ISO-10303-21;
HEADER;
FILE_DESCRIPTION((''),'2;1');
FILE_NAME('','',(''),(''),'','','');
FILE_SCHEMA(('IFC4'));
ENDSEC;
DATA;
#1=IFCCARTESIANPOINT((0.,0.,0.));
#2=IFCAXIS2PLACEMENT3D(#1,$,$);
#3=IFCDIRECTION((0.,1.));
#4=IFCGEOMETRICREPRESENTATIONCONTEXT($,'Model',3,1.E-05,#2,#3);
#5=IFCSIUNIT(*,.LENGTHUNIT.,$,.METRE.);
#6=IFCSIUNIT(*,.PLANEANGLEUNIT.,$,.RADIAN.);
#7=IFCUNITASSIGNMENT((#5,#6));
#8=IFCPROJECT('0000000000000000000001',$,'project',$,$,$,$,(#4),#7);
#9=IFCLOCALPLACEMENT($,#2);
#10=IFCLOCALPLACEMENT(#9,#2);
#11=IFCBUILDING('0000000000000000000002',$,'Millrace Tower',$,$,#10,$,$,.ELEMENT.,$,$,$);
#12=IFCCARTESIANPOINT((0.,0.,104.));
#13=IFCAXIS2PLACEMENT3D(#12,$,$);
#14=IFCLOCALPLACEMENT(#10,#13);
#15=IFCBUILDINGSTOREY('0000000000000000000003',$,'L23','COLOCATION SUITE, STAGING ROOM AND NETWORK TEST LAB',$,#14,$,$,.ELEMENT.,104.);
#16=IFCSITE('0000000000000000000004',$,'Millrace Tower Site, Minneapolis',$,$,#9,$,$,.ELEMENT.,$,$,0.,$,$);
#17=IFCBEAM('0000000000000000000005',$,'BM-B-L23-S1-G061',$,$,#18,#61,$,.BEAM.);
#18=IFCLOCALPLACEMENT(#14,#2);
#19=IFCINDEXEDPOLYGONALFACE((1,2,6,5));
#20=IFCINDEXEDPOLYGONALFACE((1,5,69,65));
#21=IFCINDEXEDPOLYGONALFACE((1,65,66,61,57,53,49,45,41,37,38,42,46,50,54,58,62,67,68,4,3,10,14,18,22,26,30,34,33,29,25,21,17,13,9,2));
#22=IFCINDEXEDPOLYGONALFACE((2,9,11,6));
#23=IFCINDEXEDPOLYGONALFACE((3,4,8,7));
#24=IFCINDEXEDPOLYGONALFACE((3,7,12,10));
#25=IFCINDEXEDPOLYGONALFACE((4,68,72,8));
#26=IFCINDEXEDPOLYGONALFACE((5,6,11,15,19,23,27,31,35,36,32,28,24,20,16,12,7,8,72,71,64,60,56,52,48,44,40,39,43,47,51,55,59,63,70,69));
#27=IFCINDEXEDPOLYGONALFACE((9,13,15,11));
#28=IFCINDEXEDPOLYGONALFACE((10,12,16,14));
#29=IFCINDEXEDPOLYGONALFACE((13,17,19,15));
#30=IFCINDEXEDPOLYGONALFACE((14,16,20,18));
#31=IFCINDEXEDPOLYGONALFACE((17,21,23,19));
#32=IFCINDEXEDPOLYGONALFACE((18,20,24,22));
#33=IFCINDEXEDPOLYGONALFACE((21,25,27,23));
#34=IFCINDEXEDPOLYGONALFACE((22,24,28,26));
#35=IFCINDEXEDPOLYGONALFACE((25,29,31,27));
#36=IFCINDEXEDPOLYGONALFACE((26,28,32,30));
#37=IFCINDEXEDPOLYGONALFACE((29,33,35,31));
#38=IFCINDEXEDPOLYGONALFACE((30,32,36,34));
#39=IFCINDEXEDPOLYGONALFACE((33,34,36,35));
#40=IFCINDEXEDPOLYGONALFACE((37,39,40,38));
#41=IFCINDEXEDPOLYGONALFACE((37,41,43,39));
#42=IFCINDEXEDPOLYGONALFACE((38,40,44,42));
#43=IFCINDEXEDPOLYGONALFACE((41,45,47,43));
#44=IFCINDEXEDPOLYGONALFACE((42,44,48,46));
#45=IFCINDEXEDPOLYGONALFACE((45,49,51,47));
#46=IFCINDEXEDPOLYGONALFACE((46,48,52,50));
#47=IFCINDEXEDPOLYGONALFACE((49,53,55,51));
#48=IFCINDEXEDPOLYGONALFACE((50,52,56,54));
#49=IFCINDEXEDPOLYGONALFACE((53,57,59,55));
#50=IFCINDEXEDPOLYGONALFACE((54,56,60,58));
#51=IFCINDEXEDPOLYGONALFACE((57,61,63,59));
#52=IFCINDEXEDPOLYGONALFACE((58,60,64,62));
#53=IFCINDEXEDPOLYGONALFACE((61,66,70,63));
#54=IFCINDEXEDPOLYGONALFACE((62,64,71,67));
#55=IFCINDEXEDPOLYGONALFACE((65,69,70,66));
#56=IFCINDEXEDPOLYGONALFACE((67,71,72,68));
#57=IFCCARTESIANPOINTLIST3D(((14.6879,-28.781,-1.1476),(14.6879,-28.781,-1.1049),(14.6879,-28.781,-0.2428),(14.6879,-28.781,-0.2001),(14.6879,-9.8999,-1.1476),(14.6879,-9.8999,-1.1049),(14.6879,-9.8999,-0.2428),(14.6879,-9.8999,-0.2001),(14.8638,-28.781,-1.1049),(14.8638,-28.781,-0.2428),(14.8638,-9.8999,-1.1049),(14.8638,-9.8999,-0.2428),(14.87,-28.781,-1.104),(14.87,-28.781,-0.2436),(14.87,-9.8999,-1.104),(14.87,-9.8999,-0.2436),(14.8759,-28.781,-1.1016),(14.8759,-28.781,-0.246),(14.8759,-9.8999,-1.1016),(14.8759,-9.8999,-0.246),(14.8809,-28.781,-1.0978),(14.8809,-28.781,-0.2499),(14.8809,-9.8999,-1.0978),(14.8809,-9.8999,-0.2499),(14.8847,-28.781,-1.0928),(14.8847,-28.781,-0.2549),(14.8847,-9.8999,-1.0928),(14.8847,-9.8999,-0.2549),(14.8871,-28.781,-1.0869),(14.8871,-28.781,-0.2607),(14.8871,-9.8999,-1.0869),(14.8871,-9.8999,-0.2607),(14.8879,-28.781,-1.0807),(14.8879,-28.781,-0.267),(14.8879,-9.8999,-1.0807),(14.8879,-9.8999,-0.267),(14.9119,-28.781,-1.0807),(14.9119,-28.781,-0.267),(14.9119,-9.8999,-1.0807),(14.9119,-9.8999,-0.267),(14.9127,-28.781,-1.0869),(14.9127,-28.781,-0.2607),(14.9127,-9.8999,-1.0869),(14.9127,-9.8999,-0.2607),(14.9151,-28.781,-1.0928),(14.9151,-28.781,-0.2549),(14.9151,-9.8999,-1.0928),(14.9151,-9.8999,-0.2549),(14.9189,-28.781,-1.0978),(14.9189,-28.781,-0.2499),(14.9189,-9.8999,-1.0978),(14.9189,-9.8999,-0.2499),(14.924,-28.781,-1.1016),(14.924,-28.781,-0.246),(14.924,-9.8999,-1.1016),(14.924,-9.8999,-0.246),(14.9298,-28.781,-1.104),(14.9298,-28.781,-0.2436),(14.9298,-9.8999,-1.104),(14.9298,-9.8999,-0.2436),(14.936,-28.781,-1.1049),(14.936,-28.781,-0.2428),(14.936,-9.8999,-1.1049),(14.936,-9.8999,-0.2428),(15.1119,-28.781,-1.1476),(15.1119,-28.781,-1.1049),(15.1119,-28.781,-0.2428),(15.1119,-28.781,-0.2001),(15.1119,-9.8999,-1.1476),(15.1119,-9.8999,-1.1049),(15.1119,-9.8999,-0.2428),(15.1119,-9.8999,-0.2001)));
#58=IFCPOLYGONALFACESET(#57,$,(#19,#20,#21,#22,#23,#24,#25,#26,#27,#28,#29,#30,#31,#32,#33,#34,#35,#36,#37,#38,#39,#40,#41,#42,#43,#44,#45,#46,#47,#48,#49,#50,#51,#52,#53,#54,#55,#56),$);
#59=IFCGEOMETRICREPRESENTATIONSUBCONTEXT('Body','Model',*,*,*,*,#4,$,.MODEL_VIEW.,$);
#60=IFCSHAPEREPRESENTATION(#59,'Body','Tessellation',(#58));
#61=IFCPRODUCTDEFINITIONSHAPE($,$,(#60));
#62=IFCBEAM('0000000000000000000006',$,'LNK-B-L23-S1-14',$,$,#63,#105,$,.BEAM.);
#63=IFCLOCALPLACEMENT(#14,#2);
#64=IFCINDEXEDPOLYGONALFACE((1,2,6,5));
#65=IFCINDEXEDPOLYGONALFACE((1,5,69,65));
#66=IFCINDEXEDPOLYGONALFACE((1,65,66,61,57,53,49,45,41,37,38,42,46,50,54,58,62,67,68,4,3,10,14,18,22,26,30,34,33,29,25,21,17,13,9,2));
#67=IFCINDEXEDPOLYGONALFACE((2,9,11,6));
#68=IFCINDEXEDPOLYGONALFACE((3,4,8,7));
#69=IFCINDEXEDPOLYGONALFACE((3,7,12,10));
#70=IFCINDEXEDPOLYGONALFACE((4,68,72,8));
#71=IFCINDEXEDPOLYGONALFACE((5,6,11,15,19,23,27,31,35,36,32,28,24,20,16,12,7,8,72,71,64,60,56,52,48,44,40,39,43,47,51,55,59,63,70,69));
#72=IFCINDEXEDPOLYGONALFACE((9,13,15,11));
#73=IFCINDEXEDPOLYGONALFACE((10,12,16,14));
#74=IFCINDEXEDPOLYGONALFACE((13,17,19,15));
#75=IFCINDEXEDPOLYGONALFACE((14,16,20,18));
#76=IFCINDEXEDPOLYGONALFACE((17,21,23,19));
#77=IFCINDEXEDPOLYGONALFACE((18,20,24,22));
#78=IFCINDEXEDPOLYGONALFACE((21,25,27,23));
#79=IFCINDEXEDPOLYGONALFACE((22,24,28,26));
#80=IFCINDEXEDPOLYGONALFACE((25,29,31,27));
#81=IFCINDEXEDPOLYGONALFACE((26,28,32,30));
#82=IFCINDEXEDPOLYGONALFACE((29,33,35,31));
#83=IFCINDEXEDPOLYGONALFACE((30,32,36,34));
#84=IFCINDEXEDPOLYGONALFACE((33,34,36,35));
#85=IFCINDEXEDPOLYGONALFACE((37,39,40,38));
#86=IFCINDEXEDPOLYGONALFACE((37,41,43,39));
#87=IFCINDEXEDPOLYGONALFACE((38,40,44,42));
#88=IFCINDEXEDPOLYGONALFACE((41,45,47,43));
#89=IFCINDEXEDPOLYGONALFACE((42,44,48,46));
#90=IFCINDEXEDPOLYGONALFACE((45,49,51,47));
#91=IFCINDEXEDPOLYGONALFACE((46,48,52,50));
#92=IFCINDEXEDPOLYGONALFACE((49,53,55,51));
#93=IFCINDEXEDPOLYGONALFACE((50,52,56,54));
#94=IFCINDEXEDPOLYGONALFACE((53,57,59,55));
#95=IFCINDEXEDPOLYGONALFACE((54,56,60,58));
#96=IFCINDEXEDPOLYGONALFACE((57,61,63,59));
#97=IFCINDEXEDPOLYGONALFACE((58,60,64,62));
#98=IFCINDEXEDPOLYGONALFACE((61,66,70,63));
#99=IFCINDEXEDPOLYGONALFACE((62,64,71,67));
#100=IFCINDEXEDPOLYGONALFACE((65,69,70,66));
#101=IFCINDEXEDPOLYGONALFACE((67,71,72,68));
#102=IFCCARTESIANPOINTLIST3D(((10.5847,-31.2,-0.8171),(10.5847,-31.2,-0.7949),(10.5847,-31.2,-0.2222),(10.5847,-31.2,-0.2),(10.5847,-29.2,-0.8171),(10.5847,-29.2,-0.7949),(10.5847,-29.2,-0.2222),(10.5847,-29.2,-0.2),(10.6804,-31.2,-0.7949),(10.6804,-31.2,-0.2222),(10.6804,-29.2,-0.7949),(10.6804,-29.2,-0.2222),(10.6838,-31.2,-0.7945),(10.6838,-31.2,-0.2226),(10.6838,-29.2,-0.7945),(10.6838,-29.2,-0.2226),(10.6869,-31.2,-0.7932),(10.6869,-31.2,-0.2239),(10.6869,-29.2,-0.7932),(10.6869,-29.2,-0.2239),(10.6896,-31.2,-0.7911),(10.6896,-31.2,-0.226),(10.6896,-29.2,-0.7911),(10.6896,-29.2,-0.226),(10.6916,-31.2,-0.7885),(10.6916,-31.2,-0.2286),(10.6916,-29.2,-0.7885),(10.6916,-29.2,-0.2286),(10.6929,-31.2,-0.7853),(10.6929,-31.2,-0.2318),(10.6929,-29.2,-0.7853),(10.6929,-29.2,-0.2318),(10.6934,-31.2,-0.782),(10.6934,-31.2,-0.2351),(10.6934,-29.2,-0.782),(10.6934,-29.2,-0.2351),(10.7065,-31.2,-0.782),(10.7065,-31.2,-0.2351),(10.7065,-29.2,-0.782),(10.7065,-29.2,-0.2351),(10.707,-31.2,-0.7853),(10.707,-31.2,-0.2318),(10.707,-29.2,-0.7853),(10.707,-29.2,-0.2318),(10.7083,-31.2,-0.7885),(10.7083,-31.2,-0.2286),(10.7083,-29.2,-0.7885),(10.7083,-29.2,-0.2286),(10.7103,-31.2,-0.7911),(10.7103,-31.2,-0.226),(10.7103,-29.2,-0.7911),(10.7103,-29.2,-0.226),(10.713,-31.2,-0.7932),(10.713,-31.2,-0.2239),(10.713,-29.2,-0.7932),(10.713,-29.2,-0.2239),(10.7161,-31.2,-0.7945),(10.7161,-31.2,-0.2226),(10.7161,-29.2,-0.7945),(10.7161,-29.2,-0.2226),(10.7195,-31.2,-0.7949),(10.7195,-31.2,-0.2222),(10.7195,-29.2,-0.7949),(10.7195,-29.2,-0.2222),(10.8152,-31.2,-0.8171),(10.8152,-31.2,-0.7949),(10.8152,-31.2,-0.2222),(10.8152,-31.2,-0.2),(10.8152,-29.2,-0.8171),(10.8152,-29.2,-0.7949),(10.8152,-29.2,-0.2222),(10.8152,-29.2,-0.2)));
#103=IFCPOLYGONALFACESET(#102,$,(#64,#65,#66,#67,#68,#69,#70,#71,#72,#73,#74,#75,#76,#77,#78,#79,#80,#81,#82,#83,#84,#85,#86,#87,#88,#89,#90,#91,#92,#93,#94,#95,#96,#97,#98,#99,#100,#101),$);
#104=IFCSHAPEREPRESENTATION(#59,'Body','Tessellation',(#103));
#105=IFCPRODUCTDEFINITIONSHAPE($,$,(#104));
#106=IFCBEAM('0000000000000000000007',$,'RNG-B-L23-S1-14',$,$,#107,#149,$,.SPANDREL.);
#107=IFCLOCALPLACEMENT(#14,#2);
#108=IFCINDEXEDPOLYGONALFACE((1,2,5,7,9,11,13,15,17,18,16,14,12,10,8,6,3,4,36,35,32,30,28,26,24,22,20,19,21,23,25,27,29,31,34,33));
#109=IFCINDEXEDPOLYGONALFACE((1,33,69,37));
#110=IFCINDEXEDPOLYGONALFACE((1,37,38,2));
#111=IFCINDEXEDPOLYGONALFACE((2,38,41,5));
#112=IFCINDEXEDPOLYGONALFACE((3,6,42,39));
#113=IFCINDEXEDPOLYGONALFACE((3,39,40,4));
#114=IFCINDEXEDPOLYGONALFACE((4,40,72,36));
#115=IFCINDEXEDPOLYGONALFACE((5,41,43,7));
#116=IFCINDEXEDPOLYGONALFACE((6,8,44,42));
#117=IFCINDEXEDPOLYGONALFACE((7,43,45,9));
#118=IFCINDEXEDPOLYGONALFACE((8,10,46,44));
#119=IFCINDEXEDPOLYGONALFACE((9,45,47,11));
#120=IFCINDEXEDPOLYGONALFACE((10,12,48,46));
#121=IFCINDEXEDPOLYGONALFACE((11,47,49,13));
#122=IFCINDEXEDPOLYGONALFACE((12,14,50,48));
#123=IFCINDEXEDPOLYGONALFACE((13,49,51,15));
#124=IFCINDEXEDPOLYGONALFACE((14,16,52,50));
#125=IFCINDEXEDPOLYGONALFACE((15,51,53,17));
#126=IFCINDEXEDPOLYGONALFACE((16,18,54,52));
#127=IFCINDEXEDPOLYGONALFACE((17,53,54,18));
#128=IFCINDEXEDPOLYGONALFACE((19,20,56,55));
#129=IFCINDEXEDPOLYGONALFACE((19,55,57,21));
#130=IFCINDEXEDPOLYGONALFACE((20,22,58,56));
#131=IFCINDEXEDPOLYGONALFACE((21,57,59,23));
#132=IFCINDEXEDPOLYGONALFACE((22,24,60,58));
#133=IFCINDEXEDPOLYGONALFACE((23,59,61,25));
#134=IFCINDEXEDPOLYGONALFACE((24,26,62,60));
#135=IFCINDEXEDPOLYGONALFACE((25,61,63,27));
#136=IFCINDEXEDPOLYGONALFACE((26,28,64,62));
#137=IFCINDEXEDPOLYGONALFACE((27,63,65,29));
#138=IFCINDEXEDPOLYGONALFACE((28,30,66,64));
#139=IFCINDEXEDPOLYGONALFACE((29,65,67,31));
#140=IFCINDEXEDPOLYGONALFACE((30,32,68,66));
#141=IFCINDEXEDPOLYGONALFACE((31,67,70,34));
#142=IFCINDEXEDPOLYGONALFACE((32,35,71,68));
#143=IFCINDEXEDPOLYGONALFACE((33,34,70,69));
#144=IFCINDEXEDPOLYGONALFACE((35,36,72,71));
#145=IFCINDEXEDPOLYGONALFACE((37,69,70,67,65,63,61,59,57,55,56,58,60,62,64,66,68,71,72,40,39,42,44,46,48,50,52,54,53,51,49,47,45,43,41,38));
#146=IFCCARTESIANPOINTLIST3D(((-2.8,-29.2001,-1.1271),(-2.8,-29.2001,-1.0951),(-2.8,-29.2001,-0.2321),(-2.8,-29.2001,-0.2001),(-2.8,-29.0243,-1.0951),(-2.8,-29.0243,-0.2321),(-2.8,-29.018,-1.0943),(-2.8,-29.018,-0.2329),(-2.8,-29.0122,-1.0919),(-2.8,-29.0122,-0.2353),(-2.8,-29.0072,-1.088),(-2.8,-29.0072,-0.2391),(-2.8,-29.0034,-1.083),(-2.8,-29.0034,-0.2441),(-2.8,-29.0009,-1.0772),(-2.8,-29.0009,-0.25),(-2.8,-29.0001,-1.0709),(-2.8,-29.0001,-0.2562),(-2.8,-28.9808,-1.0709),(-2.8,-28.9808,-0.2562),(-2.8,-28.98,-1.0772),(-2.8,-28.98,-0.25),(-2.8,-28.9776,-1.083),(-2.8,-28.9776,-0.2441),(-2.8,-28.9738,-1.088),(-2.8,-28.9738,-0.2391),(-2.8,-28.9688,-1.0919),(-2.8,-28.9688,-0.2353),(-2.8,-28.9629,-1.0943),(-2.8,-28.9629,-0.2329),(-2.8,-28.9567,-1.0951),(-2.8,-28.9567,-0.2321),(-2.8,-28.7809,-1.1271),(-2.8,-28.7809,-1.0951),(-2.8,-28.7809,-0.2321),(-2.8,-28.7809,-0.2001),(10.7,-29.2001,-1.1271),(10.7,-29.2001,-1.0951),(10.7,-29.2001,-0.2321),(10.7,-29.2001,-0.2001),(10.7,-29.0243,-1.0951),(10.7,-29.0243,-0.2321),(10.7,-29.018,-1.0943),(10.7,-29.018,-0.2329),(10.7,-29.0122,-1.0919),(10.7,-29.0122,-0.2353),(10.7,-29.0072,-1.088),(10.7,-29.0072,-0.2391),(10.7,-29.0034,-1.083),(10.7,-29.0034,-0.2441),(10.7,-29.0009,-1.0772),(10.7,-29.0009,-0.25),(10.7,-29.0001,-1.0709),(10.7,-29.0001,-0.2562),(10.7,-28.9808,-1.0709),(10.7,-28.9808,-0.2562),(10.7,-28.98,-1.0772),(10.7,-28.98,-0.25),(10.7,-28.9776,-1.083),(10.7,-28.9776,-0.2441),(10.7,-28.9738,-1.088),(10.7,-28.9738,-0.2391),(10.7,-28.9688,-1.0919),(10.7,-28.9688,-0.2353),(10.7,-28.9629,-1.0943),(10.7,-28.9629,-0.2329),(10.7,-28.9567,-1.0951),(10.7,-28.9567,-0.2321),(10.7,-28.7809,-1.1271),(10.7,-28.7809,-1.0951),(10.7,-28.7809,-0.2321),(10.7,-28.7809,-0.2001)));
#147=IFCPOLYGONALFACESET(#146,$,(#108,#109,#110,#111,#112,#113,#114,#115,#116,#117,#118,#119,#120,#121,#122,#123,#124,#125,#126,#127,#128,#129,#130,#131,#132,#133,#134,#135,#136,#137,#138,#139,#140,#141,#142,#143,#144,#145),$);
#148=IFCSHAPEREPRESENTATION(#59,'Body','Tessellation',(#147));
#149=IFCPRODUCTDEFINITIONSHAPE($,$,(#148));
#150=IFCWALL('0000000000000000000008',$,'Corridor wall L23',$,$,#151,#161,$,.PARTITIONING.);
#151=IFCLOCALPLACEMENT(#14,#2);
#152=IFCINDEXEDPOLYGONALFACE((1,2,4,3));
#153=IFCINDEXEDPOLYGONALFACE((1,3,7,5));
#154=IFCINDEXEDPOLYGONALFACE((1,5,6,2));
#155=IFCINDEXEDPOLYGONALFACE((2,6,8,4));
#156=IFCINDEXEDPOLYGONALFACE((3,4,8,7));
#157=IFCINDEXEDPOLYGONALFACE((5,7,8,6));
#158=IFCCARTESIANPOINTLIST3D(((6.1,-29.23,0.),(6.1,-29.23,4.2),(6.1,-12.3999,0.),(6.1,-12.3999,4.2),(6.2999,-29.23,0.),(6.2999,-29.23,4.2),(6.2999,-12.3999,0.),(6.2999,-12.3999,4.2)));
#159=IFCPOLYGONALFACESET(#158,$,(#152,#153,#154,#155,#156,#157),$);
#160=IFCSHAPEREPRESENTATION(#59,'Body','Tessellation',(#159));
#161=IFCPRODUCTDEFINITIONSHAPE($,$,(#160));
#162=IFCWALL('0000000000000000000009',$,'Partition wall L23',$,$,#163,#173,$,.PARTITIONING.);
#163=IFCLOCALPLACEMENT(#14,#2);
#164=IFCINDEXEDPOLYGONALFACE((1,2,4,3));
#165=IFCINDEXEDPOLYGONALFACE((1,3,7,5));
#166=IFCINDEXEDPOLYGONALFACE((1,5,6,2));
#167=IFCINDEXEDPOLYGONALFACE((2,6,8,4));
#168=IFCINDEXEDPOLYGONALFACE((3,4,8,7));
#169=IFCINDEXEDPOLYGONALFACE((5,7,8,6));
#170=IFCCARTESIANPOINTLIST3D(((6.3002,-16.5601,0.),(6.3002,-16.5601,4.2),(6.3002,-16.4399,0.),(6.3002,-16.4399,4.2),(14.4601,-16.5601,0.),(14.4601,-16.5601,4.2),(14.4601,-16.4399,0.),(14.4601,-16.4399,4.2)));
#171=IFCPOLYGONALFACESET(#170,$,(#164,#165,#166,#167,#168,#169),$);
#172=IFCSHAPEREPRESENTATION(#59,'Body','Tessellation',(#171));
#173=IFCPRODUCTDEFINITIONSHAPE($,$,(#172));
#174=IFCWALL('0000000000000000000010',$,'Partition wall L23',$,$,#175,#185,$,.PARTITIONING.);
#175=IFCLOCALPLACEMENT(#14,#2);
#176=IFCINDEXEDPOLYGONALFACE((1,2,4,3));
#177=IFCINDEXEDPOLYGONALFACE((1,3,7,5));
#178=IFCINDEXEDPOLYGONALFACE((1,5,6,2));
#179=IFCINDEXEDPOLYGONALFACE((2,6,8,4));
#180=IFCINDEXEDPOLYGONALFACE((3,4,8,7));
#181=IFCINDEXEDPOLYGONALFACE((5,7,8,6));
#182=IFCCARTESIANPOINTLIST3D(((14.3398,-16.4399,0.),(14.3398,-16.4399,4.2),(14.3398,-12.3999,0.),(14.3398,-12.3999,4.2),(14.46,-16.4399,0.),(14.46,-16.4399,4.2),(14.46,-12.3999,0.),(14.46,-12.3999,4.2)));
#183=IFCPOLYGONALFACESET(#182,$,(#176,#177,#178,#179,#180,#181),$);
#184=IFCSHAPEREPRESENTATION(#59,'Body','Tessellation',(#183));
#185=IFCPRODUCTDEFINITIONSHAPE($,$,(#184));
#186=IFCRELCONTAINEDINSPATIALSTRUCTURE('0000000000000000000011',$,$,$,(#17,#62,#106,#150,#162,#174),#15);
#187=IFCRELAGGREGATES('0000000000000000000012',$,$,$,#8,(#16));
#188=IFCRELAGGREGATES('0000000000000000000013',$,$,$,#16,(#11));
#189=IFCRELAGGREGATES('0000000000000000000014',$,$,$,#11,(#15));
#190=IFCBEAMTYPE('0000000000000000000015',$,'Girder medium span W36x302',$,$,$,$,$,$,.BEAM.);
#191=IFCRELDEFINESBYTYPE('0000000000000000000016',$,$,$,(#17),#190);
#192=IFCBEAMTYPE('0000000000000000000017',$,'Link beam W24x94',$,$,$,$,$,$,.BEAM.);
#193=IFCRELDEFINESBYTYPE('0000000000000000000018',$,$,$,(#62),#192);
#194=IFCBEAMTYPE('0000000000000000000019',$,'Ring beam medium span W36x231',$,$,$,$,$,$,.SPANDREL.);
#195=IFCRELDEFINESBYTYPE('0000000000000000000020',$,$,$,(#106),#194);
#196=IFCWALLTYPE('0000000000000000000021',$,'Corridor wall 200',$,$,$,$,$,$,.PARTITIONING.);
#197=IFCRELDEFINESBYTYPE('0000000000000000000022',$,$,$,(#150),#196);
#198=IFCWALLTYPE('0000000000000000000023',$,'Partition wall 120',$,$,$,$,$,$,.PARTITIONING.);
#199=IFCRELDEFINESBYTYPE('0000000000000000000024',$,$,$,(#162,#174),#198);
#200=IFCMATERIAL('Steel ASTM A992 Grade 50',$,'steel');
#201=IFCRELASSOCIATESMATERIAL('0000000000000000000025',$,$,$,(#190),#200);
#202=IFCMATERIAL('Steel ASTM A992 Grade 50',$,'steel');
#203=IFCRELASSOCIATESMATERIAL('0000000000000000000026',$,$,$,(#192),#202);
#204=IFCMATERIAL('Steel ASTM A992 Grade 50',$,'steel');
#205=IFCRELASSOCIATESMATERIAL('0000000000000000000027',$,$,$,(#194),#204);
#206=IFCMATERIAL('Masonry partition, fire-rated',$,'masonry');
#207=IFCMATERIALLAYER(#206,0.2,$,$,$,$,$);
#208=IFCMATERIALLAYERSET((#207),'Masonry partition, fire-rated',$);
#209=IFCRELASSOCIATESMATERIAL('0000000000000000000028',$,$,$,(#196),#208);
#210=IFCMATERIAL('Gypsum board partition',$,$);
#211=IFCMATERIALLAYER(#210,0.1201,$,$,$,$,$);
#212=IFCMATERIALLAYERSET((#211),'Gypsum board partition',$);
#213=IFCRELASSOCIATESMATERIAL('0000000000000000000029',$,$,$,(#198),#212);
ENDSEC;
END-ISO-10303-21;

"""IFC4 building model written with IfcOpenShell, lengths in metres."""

from ifc_helpers import new_model, si_unit, direction, frame, frame_2d, origin, origin_2d, place, context, subcontext, project, spatial, rectangle, i_section, extrude, material, layer, layer_set, material_profile, profile_set, type_object, element, save


model = new_model("IFC4")

# Units and contexts
model_context = context("Model", 3, precision=1e-05, world=origin(), true_north=direction((0.0, 1.0)))
body_context = subcontext(model_context, "Body", "Model", "MODEL_VIEW")
ifc_project = project(units=[si_unit("LENGTHUNIT", "METRE"), si_unit("PLANEANGLEUNIT", "RADIAN")], contexts=[model_context])

# Site, building, storey
site_placement = place(None, origin())
site = spatial("IfcSite", under=ifc_project, at=site_placement, Name="Millrace Tower Site, Minneapolis", CompositionType="ELEMENT", RefElevation=0.0)
building_placement = place(site_placement, origin())
building = spatial("IfcBuilding", under=site, at=building_placement, Name="Millrace Tower", CompositionType="ELEMENT")
storey_placement = place(building_placement, frame((0.0, 0.0, 104.0)))
storey = spatial("IfcBuildingStorey", under=building, at=storey_placement, Name="L23", Description="COLOCATION SUITE, STAGING ROOM AND NETWORK TEST LAB", CompositionType="ELEMENT", Elevation=104.0)

# Beams
ifc_material_1 = material(Name="Steel ASTM A992 Grade 50", Category="steel")
ifc_material_profile_1 = material_profile(ifc_material_1, i_section(OverallWidth=0.4241, OverallDepth=0.9475, WebThickness=0.0239, FlangeThickness=0.0427, FilletRadius=0.0242, at=origin_2d()))
ifc_profile_set_1 = profile_set([ifc_material_profile_1], Name="Steel ASTM A992 Grade 50")
beam_type_1 = type_object("IfcBeamType", Name="Girder medium span W36x302", PredefinedType="BEAM", material=ifc_profile_set_1)
beam_1_placement = place(storey_placement, frame((14.8999, -28.781, -0.6738), z_axis=(0.0, 1.0, 0.0), x_axis=(-1.0, 0.0, 0.0)))
element("IfcBeam", 1, at=beam_1_placement, inside=storey, type_object=beam_type_1, Name="BM-B-L23-S1-G061", PredefinedType="BEAM", context=body_context, shape_type="SweptSolid", body=[
    extrude(i_section(OverallWidth=0.4241, OverallDepth=0.9475, WebThickness=0.0239, FlangeThickness=0.0427, FilletRadius=0.0242, at=origin_2d()), origin(), (0.0, 0.0, 1.0), 18.8811),
])
ifc_material_2 = material(Name="Steel ASTM A992 Grade 50", Category="steel")
ifc_material_profile_2 = material_profile(ifc_material_2, i_section(OverallWidth=0.2305, OverallDepth=0.6172, WebThickness=0.0132, FlangeThickness=0.0222, FilletRadius=0.0129, at=origin_2d()))
ifc_profile_set_2 = profile_set([ifc_material_profile_2], Name="Steel ASTM A992 Grade 50")
beam_type_2 = type_object("IfcBeamType", Name="Link beam W24x94", PredefinedType="BEAM", material=ifc_profile_set_2)
beam_2_placement = place(storey_placement, frame((10.7, -29.2, -0.5085), z_axis=(0.0, -1.0, 0.0), x_axis=(1.0, 0.0, 0.0)))
element("IfcBeam", 2, at=beam_2_placement, inside=storey, type_object=beam_type_2, Name="LNK-B-L23-S1-14", PredefinedType="BEAM", context=body_context, shape_type="SweptSolid", body=[
    extrude(i_section(OverallWidth=0.2305, OverallDepth=0.6172, WebThickness=0.0132, FlangeThickness=0.0222, FilletRadius=0.0129, at=origin_2d()), origin(), (0.0, 0.0, 1.0), 2.0),
])
ifc_material_3 = material(Name="Steel ASTM A992 Grade 50", Category="steel")
ifc_material_profile_3 = material_profile(ifc_material_3, i_section(OverallWidth=0.4192, OverallDepth=0.927, WebThickness=0.0193, FlangeThickness=0.032, FilletRadius=0.0242, at=origin_2d()))
ifc_profile_set_3 = profile_set([ifc_material_profile_3], Name="Steel ASTM A992 Grade 50")
beam_type_3 = type_object("IfcBeamType", Name="Ring beam medium span W36x231", PredefinedType="SPANDREL", material=ifc_profile_set_3)
beam_3_placement = place(storey_placement, frame((10.7, -28.9905, -0.6636), z_axis=(-1.0, 0.0, 0.0), x_axis=(0.0, -1.0, 0.0)))
element("IfcBeam", 3, at=beam_3_placement, inside=storey, type_object=beam_type_3, Name="RNG-B-L23-S1-14", PredefinedType="SPANDREL", context=body_context, shape_type="SweptSolid", body=[
    extrude(i_section(OverallWidth=0.4192, OverallDepth=0.927, WebThickness=0.0193, FlangeThickness=0.032, FilletRadius=0.0242, at=origin_2d()), origin(), (0.0, 0.0, 1.0), 13.5),
])

# Walls
ifc_material_4 = material(Name="Masonry partition, fire-rated", Category="masonry")
ifc_layer_1 = layer(ifc_material_4, 0.2)
ifc_layer_set_1 = layer_set([ifc_layer_1], Name="Masonry partition, fire-rated")
wall_type_1 = type_object("IfcWallType", Name="Corridor wall 200", PredefinedType="PARTITIONING", material=ifc_layer_set_1)
wall_1_placement = place(storey_placement, frame((6.2, -29.23, 0.0), z_axis=(0.0, 0.0, 1.0), x_axis=(0.0, 1.0, 0.0)))
element("IfcWall", 4, at=wall_1_placement, inside=storey, type_object=wall_type_1, Name="Corridor wall L23", PredefinedType="PARTITIONING", context=body_context, shape_type="SweptSolid", body=[
    extrude(rectangle(XDim=16.8301, YDim=0.2, at=frame_2d((8.415, 0.0))), origin(), (0.0, 0.0, 1.0), 4.2),
])
ifc_material_5 = material(Name="Gypsum board partition")
ifc_layer_2 = layer(ifc_material_5, 0.1201)
ifc_layer_set_2 = layer_set([ifc_layer_2], Name="Gypsum board partition")
wall_type_2 = type_object("IfcWallType", Name="Partition wall 120", PredefinedType="PARTITIONING", material=ifc_layer_set_2)
wall_2_placement = place(storey_placement, frame((6.3, -16.5, 0.0), z_axis=(0.0, 0.0, 1.0), x_axis=(1.0, 0.0, 0.0)))
element("IfcWall", 5, at=wall_2_placement, inside=storey, type_object=wall_type_2, Name="Partition wall L23", PredefinedType="PARTITIONING", context=body_context, shape_type="SweptSolid", body=[
    extrude(rectangle(XDim=8.1599, YDim=0.1201, at=frame_2d((4.0801, 0.0))), origin(), (0.0, 0.0, 1.0), 4.2),
])
for number, where, z_axis, x_axis, name in (
    (6, (14.3999, -16.4399, 0.0), (0.0, 0.0, 1.0), (0.0, 1.0, 0.0), "Partition wall L23"),
):
    element("IfcWall", number, at=place(storey_placement, frame(where, z_axis=z_axis, x_axis=x_axis)), inside=storey, type_object=wall_type_2, Name=name, PredefinedType="PARTITIONING", context=body_context, shape_type="SweptSolid", body=[
        extrude(rectangle(XDim=4.04, YDim=0.1201, at=frame_2d((2.02, 0.0))), origin(), (0.0, 0.0, 1.0), 4.2),
    ])

save(model, "model.ifc")
